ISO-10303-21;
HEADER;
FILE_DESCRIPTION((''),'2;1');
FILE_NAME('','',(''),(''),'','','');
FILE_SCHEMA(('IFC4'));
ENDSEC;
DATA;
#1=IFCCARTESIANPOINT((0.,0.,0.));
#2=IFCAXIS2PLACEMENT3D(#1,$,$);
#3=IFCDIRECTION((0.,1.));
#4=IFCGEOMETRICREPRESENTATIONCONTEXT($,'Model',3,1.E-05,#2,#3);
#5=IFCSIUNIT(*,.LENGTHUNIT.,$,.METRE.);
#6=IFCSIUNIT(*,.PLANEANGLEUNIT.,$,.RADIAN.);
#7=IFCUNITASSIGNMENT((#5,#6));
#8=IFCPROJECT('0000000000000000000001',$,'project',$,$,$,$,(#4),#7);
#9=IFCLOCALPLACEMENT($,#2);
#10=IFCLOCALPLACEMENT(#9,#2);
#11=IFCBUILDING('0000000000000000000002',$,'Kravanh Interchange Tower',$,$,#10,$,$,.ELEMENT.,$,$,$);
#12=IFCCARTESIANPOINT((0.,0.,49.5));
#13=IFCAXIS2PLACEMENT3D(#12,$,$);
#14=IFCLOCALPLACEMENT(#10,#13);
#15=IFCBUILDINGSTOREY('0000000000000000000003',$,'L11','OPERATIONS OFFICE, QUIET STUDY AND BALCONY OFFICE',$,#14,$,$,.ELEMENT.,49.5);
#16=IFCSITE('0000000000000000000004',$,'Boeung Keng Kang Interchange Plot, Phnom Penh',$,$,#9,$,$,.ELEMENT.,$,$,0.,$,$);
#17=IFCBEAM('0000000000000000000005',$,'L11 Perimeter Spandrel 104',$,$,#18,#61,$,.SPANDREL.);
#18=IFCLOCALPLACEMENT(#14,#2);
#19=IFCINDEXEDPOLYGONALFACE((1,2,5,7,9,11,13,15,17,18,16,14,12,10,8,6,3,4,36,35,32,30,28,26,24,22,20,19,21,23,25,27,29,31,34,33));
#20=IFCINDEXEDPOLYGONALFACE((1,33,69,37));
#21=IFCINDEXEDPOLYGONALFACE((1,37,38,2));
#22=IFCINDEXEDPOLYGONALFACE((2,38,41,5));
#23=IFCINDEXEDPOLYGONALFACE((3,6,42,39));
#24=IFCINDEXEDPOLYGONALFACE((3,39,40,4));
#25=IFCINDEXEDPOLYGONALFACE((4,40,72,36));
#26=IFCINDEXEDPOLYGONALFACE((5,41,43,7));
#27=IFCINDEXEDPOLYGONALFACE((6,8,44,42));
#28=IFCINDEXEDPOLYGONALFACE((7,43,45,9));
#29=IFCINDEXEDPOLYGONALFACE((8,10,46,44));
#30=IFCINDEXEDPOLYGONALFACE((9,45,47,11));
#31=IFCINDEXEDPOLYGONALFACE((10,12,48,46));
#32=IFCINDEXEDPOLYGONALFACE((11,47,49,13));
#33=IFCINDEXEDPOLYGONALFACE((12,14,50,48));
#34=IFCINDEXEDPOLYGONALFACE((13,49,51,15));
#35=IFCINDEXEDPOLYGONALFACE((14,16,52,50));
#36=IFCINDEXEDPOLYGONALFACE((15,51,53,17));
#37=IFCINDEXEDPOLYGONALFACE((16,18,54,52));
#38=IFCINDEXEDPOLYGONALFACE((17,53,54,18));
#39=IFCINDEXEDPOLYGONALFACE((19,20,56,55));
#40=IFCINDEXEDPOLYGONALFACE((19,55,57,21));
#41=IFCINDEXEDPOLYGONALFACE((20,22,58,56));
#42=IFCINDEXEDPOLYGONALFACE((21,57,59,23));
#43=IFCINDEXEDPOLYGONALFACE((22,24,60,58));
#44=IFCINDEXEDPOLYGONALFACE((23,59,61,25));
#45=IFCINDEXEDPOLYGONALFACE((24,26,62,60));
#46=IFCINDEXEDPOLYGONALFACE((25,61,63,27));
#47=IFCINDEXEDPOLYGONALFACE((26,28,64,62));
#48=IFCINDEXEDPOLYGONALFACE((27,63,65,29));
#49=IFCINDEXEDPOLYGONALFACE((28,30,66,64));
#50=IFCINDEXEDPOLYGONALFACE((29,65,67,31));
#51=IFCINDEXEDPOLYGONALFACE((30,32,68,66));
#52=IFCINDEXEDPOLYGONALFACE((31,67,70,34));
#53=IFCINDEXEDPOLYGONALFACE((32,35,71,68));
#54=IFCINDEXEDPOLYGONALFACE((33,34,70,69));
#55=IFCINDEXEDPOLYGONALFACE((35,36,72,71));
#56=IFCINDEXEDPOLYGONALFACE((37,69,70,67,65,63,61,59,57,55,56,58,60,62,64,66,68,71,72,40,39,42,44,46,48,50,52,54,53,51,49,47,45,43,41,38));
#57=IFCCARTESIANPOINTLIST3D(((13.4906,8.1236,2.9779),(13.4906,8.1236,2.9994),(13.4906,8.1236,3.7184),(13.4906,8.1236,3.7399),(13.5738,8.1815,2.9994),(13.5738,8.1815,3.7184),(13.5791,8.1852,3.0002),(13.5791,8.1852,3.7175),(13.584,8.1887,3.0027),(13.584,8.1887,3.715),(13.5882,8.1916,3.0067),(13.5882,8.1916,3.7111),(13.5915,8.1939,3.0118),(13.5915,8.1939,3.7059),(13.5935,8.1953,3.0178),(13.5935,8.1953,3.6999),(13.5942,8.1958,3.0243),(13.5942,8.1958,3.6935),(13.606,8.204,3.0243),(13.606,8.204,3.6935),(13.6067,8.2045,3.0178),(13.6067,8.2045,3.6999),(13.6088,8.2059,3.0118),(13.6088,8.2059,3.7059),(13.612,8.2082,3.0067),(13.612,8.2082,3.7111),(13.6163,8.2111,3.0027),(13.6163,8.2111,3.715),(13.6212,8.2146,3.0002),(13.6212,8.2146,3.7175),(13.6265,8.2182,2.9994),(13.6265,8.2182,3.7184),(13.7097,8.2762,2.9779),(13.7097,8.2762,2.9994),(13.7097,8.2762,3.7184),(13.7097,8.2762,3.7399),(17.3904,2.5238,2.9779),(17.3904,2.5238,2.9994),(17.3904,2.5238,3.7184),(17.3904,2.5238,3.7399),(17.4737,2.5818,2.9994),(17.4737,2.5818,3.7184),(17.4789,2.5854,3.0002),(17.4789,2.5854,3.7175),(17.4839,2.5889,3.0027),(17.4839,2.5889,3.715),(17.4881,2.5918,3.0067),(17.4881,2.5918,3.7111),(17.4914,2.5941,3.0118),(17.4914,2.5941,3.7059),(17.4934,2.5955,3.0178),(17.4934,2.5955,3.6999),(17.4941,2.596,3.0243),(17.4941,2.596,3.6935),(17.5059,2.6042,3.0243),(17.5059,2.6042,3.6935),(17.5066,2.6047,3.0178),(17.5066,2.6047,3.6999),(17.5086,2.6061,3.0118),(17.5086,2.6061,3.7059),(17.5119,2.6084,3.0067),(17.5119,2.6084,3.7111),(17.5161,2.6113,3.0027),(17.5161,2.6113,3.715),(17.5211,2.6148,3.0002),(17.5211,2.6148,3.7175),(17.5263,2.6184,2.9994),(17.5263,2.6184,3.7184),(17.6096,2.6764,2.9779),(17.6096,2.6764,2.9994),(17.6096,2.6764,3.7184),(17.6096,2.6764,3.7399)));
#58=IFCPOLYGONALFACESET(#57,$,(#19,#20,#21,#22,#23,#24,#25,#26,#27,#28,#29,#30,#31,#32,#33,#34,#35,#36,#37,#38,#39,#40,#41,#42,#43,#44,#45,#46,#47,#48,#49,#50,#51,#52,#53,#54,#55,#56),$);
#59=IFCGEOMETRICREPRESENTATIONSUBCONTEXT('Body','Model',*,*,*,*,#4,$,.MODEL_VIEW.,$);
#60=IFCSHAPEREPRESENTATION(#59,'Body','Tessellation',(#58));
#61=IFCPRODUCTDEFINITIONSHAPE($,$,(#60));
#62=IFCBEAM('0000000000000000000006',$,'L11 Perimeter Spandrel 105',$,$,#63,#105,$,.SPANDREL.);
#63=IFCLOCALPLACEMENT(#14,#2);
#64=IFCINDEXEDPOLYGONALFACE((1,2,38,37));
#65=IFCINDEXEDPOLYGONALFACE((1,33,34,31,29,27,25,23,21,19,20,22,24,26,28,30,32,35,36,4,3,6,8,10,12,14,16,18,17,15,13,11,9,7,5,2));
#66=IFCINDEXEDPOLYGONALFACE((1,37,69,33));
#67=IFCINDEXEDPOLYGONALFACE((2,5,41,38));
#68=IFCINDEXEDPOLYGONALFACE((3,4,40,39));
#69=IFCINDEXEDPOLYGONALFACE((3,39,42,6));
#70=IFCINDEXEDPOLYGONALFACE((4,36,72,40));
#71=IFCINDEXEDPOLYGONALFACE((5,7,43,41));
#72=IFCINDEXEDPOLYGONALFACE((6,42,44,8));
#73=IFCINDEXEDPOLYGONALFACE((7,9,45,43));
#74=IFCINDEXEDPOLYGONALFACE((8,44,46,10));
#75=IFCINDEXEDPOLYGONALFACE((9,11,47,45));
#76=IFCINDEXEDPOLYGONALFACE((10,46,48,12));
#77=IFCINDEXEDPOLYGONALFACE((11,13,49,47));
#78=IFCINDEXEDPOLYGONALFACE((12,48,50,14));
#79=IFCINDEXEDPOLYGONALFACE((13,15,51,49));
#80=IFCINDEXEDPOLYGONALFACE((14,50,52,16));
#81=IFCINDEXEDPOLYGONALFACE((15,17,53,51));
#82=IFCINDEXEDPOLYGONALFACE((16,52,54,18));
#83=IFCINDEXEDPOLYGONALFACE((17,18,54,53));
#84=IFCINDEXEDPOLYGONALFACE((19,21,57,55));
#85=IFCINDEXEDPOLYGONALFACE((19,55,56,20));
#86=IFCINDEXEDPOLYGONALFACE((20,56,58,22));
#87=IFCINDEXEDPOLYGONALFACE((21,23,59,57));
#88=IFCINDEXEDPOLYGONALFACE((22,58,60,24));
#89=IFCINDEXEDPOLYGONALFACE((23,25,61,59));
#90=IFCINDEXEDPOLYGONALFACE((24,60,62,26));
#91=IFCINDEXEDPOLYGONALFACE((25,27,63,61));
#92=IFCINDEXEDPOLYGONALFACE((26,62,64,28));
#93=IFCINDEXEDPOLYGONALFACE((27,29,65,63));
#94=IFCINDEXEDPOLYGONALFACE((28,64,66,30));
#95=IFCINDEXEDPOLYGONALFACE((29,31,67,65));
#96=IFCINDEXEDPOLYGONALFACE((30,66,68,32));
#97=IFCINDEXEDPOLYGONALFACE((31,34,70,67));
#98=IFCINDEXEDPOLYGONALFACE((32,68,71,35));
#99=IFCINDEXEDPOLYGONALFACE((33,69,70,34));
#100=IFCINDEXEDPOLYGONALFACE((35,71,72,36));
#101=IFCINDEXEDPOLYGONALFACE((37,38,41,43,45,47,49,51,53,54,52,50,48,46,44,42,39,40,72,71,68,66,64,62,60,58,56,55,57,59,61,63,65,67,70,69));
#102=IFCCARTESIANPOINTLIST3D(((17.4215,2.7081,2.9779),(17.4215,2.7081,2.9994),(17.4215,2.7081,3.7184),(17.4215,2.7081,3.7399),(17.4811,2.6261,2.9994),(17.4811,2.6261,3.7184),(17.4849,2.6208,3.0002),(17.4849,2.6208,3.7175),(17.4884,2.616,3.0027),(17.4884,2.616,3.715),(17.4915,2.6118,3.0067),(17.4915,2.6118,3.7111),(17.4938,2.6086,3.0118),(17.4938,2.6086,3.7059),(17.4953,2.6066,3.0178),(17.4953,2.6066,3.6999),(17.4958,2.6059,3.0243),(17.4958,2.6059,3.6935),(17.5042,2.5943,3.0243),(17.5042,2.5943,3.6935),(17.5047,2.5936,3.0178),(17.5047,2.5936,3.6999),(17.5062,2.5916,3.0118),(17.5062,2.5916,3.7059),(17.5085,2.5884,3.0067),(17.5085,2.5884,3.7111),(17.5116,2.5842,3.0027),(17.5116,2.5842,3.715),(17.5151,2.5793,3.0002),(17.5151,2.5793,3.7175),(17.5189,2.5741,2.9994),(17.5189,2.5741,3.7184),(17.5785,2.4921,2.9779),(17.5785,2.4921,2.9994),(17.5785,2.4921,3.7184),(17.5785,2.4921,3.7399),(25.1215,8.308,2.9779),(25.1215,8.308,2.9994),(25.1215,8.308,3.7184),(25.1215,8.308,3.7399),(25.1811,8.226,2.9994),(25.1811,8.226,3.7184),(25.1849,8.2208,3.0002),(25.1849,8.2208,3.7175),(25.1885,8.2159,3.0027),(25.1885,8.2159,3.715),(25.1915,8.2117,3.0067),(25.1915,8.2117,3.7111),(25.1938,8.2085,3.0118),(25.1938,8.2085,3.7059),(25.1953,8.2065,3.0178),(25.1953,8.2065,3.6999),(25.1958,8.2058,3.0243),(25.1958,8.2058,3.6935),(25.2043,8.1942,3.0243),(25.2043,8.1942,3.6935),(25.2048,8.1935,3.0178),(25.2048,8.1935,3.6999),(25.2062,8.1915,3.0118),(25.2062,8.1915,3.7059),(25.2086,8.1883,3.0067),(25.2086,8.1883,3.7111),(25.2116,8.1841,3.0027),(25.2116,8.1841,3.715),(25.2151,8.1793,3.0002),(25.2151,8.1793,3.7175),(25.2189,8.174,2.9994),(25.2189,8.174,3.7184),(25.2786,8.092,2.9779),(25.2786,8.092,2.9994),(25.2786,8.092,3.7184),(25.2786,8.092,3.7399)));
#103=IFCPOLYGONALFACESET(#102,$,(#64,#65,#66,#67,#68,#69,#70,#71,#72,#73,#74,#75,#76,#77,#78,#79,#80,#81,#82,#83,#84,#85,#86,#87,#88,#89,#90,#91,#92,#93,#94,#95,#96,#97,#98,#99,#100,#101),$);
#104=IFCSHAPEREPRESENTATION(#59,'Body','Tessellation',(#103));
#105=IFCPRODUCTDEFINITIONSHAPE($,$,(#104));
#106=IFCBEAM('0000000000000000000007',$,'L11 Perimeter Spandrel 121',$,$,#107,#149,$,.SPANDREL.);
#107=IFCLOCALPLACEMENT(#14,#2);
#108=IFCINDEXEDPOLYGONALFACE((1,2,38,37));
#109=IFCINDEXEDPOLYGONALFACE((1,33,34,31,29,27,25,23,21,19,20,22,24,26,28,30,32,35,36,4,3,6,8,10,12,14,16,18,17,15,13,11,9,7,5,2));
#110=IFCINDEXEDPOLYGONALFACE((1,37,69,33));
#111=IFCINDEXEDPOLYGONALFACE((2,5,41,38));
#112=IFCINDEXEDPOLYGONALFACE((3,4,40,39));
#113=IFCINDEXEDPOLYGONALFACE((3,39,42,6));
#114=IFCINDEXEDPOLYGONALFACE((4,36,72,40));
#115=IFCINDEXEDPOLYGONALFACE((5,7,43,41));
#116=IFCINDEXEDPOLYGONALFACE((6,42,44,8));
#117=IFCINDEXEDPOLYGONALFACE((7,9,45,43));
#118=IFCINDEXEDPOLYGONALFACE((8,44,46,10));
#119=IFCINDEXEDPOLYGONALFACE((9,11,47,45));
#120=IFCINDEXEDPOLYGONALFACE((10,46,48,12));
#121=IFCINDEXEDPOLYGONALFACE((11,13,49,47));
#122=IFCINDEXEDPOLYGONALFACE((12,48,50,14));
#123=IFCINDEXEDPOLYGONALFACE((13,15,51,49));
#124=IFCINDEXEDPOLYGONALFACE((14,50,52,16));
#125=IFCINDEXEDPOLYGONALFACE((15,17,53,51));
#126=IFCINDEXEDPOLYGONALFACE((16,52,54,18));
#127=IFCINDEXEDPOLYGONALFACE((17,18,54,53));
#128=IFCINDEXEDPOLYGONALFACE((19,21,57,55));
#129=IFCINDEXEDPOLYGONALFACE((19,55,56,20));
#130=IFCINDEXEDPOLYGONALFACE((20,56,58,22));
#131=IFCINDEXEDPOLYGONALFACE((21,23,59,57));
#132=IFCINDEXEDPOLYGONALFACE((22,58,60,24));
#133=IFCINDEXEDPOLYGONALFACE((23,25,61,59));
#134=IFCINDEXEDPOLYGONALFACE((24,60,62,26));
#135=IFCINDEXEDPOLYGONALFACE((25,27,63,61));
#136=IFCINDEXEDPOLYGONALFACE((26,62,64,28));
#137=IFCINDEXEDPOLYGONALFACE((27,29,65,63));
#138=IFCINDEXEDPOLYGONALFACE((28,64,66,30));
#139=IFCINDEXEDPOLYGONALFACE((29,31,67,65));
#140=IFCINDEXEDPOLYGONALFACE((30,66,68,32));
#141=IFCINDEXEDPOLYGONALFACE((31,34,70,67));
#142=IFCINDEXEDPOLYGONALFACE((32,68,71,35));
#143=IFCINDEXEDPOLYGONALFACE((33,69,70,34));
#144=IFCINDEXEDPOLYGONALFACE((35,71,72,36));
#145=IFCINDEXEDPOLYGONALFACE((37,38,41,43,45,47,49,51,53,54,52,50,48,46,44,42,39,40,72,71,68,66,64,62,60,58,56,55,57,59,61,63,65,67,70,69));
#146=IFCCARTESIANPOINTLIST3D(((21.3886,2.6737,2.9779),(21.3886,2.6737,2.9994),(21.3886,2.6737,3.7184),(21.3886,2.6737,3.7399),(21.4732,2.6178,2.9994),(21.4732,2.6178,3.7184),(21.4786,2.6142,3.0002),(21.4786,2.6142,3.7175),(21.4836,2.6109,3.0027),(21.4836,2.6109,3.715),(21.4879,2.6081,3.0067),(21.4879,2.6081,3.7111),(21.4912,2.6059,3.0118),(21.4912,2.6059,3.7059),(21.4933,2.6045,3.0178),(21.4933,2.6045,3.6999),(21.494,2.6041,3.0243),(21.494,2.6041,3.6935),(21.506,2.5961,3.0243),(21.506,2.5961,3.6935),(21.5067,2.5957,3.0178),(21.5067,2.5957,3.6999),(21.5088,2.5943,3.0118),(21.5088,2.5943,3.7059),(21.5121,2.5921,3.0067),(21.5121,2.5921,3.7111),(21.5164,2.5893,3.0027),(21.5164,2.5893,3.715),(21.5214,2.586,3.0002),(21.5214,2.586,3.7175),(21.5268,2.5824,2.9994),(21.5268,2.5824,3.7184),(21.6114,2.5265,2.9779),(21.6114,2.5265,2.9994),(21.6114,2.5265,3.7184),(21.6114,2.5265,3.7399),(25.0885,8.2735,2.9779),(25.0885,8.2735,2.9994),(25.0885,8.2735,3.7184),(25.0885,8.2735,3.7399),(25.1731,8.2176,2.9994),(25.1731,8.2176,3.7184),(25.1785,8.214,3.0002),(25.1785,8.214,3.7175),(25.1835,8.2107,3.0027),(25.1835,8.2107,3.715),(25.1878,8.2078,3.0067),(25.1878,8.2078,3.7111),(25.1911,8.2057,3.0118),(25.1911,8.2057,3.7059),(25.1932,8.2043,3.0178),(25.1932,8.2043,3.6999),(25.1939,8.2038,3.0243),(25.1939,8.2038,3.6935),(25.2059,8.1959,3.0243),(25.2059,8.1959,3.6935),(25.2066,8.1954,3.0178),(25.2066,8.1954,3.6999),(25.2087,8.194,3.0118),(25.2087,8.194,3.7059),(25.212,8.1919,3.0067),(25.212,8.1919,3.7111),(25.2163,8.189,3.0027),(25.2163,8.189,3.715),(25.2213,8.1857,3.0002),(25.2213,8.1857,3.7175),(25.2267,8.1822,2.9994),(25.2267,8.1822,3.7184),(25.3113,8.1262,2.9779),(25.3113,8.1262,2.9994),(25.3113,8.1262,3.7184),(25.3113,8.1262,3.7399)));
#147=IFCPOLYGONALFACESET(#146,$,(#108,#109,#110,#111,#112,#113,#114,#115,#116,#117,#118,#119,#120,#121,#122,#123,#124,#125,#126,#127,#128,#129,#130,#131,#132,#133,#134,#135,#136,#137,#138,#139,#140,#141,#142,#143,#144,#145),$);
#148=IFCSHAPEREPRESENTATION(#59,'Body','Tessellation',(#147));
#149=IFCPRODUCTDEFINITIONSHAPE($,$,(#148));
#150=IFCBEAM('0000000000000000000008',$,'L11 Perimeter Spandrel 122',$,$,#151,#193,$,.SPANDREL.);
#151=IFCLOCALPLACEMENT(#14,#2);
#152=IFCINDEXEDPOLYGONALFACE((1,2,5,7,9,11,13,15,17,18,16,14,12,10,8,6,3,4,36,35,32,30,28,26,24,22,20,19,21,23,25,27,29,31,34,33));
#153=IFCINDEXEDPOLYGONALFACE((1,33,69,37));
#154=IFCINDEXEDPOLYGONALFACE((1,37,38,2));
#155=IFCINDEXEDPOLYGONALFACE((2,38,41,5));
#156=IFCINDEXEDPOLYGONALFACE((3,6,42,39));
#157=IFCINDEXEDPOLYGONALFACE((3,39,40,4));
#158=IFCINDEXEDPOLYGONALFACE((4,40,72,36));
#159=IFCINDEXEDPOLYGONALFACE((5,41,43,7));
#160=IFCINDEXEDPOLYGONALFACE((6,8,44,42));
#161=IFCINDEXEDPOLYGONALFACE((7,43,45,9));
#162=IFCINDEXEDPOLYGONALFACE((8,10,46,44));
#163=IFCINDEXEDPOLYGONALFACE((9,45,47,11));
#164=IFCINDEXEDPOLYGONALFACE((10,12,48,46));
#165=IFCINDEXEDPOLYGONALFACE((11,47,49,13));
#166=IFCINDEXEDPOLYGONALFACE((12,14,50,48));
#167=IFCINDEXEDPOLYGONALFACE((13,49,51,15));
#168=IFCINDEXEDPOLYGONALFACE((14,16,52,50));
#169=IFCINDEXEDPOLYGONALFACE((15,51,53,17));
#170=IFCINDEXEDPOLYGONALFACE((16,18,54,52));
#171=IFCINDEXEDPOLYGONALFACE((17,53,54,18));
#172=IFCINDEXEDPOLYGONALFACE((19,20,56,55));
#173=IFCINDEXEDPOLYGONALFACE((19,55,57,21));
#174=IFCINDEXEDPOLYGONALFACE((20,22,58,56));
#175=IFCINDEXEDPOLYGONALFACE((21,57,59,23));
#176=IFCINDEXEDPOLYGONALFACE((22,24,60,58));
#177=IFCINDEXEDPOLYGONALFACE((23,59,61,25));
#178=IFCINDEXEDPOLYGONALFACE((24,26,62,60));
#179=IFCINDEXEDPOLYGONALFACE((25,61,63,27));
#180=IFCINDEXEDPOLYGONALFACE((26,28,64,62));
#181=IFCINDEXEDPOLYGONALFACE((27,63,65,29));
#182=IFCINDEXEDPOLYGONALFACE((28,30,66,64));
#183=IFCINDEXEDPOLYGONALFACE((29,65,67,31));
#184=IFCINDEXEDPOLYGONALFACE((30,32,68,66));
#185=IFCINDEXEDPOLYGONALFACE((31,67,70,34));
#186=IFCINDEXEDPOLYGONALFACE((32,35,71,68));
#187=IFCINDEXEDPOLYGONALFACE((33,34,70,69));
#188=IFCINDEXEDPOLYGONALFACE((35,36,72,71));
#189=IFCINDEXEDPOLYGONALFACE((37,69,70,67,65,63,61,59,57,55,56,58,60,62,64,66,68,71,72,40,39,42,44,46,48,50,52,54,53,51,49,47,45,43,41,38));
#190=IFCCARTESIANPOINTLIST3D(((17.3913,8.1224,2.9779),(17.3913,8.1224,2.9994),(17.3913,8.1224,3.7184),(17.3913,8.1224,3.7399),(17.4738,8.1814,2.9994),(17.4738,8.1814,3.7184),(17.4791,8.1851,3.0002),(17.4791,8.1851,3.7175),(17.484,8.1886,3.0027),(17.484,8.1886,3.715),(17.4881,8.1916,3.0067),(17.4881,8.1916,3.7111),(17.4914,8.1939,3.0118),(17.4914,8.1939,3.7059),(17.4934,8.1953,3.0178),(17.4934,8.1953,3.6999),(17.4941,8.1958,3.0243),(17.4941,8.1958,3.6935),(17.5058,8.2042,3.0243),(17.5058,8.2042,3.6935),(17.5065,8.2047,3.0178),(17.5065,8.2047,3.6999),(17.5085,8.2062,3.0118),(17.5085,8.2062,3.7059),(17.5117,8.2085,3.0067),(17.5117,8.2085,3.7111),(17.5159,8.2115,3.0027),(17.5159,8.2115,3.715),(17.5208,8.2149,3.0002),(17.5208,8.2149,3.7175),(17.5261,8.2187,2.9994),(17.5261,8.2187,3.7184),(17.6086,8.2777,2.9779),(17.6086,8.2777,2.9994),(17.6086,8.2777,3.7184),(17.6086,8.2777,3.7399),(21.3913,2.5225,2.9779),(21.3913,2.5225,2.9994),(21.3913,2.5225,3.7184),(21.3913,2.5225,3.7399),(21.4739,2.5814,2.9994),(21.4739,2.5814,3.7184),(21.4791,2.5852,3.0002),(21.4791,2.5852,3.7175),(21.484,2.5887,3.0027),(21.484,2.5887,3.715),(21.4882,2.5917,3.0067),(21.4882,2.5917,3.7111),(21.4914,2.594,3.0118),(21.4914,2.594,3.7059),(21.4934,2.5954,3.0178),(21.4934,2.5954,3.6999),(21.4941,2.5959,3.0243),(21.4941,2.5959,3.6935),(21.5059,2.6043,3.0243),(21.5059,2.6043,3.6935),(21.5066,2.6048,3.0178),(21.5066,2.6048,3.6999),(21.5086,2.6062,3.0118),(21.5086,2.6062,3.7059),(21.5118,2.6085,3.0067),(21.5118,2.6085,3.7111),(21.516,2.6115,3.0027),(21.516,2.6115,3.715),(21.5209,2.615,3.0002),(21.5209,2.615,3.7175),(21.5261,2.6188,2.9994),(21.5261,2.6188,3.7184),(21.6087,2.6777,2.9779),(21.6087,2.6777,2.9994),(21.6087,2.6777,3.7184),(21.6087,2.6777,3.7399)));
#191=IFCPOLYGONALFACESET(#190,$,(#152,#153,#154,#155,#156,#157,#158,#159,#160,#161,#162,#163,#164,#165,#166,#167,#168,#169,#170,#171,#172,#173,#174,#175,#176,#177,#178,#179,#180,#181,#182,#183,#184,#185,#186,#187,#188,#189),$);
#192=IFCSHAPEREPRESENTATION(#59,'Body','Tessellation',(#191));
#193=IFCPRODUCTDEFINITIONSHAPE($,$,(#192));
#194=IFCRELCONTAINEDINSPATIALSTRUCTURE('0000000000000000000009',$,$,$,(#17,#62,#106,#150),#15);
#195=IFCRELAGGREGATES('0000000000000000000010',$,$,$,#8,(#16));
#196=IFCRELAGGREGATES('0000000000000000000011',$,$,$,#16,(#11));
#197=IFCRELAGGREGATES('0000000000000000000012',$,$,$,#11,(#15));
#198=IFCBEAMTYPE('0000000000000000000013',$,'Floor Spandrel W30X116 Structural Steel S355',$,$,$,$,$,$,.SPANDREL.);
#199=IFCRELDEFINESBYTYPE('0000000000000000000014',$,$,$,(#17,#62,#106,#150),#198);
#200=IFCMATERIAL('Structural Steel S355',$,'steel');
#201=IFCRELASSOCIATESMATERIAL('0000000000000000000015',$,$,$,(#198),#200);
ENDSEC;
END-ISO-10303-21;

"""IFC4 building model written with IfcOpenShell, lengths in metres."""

from ifc_helpers import new_model, si_unit, direction, frame, origin, origin_2d, place, context, subcontext, project, spatial, i_section, extrude, material, material_profile, profile_set, type_object, element, save


model = new_model("IFC4")

# Units and contexts
model_context = context("Model", 3, precision=1e-05, world=origin(), true_north=direction((0.0, 1.0)))
body_context = subcontext(model_context, "Body", "Model", "MODEL_VIEW")
ifc_project = project(units=[si_unit("LENGTHUNIT", "METRE"), si_unit("PLANEANGLEUNIT", "RADIAN")], contexts=[model_context])

# Site, building, storey
site_placement = place(None, origin())
site = spatial("IfcSite", under=ifc_project, at=site_placement, Name="Boeung Keng Kang Interchange Plot, Phnom Penh", CompositionType="ELEMENT", RefElevation=0.0)
building_placement = place(site_placement, origin())
building = spatial("IfcBuilding", under=site, at=building_placement, Name="Kravanh Interchange Tower", CompositionType="ELEMENT")
storey_placement = place(building_placement, frame((0.0, 0.0, 49.5)))
storey = spatial("IfcBuildingStorey", under=building, at=storey_placement, Name="L11", Description="OPERATIONS OFFICE, QUIET STUDY AND BALCONY OFFICE", CompositionType="ELEMENT", Elevation=49.5)

# Beams
ifc_material_1 = material(Name="Structural Steel S355", Category="steel")
ifc_material_profile_1 = material_profile(ifc_material_1, i_section(OverallWidth=0.2671, OverallDepth=0.762, WebThickness=0.0144, FlangeThickness=0.0215, FilletRadius=0.0249, at=origin_2d()), Name="W30X116")
ifc_profile_set_1 = profile_set([ifc_material_profile_1], Name="Structural Steel S355")
beam_type_1 = type_object("IfcBeamType", Name="Floor Spandrel W30X116 Structural Steel S355", PredefinedType="SPANDREL", material=ifc_profile_set_1)
beam_1_placement = place(storey_placement, frame((17.5, 2.6001, 3.3589), z_axis=(-0.571494, 0.820606, 0.0), x_axis=(-0.820606, -0.571494, 0.0)))
element("IfcBeam", 1, at=beam_1_placement, inside=storey, type_object=beam_type_1, Name="L11 Perimeter Spandrel 104", PredefinedType="SPANDREL", context=body_context, shape_type="SweptSolid", body=[
    extrude(i_section(OverallWidth=0.2671, OverallDepth=0.762, WebThickness=0.0144, FlangeThickness=0.0215, FilletRadius=0.0249, at=origin_2d()), origin(), (0.0, 0.0, 1.0), 6.824),
])
beam_2_placement = place(storey_placement, frame((17.5, 2.6001, 3.3589), z_axis=(0.808742, 0.588164, 0.0), x_axis=(-0.588164, 0.808742, 0.0)))
element("IfcBeam", 2, at=beam_2_placement, inside=storey, type_object=beam_type_1, Name="L11 Perimeter Spandrel 105", PredefinedType="SPANDREL", context=body_context, shape_type="SweptSolid", body=[
    extrude(i_section(OverallWidth=0.2671, OverallDepth=0.762, WebThickness=0.0144, FlangeThickness=0.0215, FilletRadius=0.0249, at=origin_2d()), origin(), (0.0, 0.0, 1.0), 9.521),
])
beam_3_placement = place(storey_placement, frame((21.5, 2.6001, 3.3589), z_axis=(0.551262, 0.834332, 0.0), x_axis=(-0.834332, 0.551262, 0.0)))
element("IfcBeam", 3, at=beam_3_placement, inside=storey, type_object=beam_type_1, Name="L11 Perimeter Spandrel 121", PredefinedType="SPANDREL", context=body_context, shape_type="SweptSolid", body=[
    extrude(i_section(OverallWidth=0.2671, OverallDepth=0.762, WebThickness=0.0144, FlangeThickness=0.0215, FilletRadius=0.0249, at=origin_2d()), origin(), (0.0, 0.0, 1.0), 6.7117),
])
beam_4_placement = place(storey_placement, frame((21.5, 2.6001, 3.3589), z_axis=(-0.581248, 0.813726, 0.0), x_axis=(-0.813726, -0.581248, 0.0)))
element("IfcBeam", 4, at=beam_4_placement, inside=storey, type_object=beam_type_1, Name="L11 Perimeter Spandrel 122", PredefinedType="SPANDREL", context=body_context, shape_type="SweptSolid", body=[
    extrude(i_section(OverallWidth=0.2671, OverallDepth=0.762, WebThickness=0.0144, FlangeThickness=0.0215, FilletRadius=0.0249, at=origin_2d()), origin(), (0.0, 0.0, 1.0), 6.8818),
])

save(model, "model.ifc")
